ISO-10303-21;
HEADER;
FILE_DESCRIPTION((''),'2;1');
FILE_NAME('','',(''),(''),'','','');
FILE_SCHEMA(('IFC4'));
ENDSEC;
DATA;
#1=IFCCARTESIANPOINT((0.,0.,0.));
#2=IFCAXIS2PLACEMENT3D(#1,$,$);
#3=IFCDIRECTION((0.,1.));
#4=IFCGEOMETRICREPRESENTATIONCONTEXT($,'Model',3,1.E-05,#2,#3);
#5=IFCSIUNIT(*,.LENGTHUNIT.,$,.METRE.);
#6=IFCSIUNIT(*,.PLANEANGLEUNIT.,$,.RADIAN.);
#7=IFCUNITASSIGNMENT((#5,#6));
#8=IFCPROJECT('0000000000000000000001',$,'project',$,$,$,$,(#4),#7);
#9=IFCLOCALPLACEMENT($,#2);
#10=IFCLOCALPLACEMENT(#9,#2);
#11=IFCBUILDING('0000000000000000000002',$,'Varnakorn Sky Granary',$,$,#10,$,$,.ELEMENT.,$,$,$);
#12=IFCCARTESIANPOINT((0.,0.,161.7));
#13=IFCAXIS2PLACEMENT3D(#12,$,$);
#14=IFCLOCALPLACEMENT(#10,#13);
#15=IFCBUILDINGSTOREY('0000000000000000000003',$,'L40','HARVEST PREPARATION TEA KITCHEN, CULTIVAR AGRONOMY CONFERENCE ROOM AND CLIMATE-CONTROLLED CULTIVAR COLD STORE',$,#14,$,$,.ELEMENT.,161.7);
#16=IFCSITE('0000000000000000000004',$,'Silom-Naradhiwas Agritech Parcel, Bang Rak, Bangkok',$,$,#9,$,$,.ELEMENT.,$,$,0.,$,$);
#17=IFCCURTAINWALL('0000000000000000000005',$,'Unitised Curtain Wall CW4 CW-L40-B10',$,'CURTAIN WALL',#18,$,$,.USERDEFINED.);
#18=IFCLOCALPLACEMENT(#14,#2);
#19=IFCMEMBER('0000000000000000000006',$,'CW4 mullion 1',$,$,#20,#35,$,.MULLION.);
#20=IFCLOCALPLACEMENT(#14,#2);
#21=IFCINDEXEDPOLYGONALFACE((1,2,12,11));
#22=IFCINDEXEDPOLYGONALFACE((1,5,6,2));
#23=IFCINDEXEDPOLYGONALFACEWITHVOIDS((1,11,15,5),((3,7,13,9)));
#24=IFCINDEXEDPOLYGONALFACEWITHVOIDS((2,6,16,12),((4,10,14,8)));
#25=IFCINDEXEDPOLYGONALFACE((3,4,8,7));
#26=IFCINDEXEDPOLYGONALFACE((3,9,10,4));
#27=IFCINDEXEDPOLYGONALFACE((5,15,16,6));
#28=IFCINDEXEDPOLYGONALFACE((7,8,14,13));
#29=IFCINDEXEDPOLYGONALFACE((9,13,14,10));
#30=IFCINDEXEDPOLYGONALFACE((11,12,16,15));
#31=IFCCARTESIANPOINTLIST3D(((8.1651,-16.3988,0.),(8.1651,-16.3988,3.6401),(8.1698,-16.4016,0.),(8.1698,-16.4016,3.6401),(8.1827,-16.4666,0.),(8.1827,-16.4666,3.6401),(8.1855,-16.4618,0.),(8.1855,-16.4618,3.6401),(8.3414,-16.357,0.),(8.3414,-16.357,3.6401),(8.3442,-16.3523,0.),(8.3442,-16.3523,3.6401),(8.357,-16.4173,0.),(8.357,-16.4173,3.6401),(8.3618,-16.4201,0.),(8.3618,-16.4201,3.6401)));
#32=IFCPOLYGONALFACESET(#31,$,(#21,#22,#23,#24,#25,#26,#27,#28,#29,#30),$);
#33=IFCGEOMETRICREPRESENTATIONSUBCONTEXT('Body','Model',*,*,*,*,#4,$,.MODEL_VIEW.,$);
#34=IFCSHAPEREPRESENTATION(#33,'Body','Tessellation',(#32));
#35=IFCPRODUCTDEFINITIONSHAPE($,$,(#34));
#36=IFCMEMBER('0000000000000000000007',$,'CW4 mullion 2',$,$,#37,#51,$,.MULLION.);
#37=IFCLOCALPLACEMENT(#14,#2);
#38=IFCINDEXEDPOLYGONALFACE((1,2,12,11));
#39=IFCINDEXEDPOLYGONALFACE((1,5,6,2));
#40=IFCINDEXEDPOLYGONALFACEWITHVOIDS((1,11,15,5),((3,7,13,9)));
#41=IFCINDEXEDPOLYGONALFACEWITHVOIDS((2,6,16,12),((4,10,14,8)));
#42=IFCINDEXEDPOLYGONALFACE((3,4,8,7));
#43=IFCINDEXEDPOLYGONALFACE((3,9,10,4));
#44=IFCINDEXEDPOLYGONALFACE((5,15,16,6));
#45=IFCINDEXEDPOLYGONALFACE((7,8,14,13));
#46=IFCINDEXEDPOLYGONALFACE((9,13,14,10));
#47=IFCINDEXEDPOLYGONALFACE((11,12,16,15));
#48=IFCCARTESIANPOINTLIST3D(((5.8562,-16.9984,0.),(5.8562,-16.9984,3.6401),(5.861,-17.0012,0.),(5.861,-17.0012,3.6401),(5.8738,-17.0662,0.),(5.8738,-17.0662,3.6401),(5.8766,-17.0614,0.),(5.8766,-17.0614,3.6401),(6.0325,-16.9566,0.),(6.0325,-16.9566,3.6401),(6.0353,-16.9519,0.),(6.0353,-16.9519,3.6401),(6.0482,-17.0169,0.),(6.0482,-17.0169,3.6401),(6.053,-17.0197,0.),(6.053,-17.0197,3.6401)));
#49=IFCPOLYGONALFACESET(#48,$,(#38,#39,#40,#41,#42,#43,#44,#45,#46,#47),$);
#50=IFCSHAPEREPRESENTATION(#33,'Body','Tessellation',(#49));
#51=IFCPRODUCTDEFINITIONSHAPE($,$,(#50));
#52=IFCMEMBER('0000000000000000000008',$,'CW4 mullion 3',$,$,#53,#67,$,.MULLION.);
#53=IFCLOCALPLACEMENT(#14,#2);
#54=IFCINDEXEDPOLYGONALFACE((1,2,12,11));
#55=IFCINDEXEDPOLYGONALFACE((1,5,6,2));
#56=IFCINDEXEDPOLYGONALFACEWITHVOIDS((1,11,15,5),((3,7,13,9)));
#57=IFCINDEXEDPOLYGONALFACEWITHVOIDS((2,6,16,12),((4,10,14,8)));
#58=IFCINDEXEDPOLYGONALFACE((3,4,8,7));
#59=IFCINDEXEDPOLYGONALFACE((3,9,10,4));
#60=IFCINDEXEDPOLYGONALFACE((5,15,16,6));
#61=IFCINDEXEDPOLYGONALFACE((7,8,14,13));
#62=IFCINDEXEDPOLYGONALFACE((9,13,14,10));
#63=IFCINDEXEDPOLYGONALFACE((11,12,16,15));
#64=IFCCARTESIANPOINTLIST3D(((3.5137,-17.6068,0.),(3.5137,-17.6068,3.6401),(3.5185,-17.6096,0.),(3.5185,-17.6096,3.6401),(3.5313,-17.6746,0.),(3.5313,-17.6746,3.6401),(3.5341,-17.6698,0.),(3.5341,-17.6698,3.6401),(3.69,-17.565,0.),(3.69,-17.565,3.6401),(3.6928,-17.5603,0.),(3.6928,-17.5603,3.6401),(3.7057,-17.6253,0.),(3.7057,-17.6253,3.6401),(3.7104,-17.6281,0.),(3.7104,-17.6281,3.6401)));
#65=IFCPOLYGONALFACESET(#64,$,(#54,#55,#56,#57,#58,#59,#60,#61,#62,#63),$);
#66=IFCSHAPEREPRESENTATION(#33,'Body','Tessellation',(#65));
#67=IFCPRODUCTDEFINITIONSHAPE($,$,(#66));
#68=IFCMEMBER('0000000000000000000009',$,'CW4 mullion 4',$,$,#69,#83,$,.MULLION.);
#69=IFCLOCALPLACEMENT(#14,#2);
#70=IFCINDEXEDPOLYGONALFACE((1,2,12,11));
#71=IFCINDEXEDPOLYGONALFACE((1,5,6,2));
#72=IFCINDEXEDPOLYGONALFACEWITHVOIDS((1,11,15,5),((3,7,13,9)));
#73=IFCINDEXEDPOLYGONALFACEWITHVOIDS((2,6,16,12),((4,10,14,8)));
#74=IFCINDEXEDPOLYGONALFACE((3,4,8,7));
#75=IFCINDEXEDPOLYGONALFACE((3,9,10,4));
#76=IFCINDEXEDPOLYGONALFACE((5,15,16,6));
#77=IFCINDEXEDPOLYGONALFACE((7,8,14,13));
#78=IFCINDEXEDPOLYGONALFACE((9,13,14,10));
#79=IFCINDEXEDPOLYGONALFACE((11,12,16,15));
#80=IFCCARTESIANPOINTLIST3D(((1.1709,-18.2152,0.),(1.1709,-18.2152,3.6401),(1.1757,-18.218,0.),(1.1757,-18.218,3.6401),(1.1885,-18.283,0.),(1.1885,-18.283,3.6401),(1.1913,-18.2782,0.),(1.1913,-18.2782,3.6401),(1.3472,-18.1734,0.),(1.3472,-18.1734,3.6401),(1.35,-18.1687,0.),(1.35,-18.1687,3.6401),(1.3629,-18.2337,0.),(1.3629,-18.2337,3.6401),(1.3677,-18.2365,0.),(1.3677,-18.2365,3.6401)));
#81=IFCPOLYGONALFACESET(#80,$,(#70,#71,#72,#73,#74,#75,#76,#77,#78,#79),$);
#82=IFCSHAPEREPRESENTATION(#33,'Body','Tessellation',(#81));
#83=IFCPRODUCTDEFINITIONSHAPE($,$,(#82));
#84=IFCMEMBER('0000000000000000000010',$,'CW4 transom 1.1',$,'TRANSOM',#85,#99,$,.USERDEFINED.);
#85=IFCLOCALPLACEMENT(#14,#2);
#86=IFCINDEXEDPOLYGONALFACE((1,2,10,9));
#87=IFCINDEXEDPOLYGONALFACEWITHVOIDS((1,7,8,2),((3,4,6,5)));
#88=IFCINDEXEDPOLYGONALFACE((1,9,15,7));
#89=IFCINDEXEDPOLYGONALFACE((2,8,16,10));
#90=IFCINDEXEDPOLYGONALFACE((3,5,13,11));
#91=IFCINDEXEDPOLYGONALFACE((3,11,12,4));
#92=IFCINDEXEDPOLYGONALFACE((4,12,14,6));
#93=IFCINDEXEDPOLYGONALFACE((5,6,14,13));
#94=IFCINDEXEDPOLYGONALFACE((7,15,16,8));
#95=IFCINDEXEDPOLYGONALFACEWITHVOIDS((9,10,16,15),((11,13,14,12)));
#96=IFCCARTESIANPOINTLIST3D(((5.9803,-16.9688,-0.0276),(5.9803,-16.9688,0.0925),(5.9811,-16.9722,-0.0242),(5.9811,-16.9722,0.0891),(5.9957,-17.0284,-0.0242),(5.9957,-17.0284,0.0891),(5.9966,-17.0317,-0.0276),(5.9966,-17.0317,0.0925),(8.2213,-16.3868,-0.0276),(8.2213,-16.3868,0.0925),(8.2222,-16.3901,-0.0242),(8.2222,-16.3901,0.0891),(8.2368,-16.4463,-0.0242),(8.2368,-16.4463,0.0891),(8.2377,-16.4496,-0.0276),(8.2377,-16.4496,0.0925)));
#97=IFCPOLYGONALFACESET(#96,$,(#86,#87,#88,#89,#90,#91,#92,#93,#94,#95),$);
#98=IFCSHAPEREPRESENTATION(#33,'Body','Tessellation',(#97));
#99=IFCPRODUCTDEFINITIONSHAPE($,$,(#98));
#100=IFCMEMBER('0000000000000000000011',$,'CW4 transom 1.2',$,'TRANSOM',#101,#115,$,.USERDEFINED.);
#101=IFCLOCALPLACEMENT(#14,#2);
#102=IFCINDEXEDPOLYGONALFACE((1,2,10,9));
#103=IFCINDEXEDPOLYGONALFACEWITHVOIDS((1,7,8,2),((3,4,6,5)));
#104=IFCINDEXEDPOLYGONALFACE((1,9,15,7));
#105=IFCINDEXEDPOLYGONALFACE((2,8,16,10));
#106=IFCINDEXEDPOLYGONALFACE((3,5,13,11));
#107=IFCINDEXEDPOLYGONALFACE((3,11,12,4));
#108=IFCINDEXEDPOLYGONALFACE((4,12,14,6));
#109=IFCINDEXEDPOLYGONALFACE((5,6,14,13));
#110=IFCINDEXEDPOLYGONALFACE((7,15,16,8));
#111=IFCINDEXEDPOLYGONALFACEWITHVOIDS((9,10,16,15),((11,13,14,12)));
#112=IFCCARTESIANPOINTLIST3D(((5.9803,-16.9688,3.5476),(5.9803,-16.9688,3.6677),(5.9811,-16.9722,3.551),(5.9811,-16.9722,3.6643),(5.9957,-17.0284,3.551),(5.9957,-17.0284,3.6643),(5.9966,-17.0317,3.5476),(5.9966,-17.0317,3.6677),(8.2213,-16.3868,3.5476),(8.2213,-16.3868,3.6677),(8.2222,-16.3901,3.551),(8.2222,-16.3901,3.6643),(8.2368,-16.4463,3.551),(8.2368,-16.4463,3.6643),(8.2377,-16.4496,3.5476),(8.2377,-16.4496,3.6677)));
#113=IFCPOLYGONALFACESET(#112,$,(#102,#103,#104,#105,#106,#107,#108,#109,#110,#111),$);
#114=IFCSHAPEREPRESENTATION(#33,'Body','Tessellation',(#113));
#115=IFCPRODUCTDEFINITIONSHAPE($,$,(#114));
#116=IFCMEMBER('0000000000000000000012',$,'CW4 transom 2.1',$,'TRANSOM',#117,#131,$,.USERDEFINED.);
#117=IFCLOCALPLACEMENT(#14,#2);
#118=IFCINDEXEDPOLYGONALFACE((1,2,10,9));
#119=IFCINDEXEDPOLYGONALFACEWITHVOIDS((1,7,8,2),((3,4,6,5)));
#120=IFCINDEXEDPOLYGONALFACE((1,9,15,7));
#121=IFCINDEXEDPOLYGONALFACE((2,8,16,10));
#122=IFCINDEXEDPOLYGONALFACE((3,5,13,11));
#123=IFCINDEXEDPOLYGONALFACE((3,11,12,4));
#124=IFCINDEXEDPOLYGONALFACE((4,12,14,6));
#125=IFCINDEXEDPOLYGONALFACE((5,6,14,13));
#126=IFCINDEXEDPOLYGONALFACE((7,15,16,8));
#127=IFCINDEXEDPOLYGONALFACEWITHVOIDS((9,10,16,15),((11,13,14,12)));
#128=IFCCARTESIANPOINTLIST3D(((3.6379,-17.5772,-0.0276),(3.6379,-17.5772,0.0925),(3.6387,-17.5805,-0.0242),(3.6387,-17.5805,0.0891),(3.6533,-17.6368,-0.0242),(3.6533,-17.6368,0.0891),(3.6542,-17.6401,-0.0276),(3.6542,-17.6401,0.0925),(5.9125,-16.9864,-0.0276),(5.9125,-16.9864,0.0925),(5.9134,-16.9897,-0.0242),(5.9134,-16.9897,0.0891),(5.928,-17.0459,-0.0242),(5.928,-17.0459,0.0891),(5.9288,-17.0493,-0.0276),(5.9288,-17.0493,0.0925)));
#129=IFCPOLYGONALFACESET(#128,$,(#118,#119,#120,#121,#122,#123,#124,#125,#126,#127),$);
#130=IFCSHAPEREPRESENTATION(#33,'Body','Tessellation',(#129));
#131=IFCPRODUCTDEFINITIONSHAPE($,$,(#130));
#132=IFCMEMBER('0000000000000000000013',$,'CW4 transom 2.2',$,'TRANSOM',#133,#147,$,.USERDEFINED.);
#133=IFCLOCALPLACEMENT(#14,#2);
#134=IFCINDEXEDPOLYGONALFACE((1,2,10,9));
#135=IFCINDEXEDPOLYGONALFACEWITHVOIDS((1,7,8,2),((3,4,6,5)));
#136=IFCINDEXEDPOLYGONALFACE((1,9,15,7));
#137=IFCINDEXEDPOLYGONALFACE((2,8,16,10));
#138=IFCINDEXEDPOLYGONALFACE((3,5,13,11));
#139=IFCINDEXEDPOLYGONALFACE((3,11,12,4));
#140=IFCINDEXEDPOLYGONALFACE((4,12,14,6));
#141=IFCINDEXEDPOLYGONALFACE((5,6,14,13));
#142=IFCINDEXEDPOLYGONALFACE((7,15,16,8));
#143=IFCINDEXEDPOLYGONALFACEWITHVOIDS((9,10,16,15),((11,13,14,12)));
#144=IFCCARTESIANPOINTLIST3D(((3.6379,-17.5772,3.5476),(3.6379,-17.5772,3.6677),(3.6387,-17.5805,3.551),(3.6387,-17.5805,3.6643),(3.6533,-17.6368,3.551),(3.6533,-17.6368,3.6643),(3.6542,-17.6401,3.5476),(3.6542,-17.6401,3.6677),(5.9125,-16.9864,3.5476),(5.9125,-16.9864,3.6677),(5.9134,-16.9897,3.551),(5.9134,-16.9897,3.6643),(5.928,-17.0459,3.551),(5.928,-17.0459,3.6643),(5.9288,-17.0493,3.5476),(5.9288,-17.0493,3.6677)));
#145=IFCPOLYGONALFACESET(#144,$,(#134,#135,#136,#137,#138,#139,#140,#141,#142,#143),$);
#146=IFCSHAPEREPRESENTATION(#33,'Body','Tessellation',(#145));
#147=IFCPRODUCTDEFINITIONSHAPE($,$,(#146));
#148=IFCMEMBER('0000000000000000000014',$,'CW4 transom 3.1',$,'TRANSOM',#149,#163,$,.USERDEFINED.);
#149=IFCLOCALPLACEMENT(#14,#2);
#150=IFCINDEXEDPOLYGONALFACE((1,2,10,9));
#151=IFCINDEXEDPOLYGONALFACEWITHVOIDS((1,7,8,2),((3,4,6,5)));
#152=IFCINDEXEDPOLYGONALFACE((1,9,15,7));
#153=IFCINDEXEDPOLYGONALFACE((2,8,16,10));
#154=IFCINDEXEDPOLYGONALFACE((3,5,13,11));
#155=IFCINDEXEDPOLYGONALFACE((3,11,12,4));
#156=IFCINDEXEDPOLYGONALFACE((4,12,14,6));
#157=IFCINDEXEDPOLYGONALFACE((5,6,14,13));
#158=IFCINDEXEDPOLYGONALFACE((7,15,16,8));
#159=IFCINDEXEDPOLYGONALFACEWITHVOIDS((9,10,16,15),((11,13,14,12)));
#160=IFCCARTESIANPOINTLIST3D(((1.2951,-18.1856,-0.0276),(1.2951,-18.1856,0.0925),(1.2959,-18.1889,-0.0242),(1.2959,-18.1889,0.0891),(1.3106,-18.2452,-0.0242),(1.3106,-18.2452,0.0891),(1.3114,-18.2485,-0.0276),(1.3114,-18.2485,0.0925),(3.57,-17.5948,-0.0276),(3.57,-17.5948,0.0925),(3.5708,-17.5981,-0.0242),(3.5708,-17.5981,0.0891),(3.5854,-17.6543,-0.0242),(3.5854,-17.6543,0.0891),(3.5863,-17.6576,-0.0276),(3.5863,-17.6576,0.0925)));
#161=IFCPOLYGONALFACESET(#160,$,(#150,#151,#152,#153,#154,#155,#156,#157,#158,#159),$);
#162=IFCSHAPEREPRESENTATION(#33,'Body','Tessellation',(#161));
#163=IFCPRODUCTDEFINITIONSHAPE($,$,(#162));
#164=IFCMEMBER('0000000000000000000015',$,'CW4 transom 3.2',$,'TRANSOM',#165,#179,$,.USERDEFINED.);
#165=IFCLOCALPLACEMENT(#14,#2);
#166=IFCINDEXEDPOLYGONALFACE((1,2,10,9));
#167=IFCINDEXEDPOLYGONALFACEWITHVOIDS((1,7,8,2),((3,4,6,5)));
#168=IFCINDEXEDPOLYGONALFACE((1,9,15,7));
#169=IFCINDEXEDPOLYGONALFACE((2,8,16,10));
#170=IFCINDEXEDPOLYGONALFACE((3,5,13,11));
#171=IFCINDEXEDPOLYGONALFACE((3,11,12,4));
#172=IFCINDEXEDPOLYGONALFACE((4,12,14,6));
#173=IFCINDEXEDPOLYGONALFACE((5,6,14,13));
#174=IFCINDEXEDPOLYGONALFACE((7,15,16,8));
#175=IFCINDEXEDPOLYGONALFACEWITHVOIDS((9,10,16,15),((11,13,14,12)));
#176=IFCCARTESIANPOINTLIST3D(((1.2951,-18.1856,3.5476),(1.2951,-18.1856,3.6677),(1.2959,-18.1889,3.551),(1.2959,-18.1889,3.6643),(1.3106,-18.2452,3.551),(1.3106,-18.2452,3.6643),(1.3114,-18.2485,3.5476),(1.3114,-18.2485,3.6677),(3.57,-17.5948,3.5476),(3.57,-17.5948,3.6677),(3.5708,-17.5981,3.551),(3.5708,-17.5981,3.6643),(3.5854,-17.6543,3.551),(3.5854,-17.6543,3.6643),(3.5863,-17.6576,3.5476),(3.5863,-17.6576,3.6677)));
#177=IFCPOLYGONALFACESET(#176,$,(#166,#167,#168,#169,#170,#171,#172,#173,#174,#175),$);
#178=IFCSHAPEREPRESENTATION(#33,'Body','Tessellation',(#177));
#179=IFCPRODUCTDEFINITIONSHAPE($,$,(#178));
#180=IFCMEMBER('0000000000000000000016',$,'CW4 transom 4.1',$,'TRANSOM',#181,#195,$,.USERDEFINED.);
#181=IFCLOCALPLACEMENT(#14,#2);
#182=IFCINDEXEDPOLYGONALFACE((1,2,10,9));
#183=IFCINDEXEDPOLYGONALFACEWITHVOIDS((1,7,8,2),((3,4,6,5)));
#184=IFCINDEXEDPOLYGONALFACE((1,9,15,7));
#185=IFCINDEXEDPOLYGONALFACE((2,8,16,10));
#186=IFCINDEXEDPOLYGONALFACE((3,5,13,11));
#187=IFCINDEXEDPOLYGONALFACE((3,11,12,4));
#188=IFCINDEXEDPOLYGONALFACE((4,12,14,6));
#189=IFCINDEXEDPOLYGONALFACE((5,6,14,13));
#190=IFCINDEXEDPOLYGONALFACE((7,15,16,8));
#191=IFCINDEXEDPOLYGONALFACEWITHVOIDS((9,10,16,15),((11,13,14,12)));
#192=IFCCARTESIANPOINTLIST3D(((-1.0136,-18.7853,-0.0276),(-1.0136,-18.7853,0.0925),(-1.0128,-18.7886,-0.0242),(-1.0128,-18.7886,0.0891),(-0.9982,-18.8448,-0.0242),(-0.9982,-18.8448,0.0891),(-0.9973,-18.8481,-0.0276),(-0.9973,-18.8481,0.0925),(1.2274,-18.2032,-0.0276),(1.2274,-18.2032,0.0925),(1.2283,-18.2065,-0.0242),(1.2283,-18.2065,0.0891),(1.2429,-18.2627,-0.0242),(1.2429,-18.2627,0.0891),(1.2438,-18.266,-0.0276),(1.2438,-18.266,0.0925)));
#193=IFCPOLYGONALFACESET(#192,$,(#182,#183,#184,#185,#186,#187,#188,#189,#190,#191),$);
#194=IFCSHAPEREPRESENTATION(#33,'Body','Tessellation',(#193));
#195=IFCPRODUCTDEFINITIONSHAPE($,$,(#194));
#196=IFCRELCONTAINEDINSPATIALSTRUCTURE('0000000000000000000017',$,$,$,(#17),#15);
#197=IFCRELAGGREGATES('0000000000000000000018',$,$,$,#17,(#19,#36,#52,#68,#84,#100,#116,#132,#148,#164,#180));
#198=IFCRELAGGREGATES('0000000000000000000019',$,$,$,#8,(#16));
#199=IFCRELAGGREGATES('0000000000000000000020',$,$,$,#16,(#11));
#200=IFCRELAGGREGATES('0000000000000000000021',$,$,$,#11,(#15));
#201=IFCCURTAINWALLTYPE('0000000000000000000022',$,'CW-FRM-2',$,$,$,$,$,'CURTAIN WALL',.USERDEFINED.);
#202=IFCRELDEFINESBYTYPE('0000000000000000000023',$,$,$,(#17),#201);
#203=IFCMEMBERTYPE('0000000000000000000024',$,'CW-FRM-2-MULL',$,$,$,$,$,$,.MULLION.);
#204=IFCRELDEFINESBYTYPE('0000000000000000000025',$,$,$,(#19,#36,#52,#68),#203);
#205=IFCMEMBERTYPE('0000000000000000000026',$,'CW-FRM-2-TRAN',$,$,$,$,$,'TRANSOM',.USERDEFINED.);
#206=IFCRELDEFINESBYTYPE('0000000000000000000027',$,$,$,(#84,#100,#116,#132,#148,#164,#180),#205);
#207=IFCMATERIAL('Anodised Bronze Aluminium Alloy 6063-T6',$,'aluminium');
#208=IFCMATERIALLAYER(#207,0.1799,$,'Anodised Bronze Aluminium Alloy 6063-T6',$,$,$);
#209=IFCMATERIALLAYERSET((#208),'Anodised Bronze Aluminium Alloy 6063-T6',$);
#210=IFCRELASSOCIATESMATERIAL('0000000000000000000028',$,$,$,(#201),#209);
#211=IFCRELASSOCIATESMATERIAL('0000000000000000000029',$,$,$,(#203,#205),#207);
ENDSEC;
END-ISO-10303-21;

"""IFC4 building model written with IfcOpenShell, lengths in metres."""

from ifc_helpers import new_model, si_unit, direction, frame, origin, origin_2d, place, context, subcontext, project, spatial, hollow_rectangle, extrude, material, layer, layer_set, material_profile, profile_set, type_object, element, aggregate, save


model = new_model("IFC4")

# Units and contexts
model_context = context("Model", 3, precision=1e-05, world=origin(), true_north=direction((0.0, 1.0)))
body_context = subcontext(model_context, "Body", "Model", "MODEL_VIEW")
ifc_project = project(units=[si_unit("LENGTHUNIT", "METRE"), si_unit("PLANEANGLEUNIT", "RADIAN")], contexts=[model_context])

# Site, building, storey
site_placement = place(None, origin())
site = spatial("IfcSite", under=ifc_project, at=site_placement, Name="Silom-Naradhiwas Agritech Parcel, Bang Rak, Bangkok", CompositionType="ELEMENT", RefElevation=0.0)
building_placement = place(site_placement, origin())
building = spatial("IfcBuilding", under=site, at=building_placement, Name="Varnakorn Sky Granary", CompositionType="ELEMENT")
storey_placement = place(building_placement, frame((0.0, 0.0, 161.7)))
storey = spatial("IfcBuildingStorey", under=building, at=storey_placement, Name="L40", Description="HARVEST PREPARATION TEA KITCHEN, CULTIVAR AGRONOMY CONFERENCE ROOM AND CLIMATE-CONTROLLED CULTIVAR COLD STORE", CompositionType="ELEMENT", Elevation=161.7)

# Curtain wall, members
ifc_material_1 = material(Name="Anodised Bronze Aluminium Alloy 6063-T6", Category="aluminium")
ifc_layer_1 = layer(ifc_material_1, 0.1799, Name="Anodised Bronze Aluminium Alloy 6063-T6")
ifc_layer_set_1 = layer_set([ifc_layer_1], Name="Anodised Bronze Aluminium Alloy 6063-T6")
curtain_wall_type = type_object("IfcCurtainWallType", Name="CW-FRM-2", ElementType="CURTAIN WALL", PredefinedType="USERDEFINED", material=ifc_layer_set_1)
curtain_wall_placement = place(storey_placement, origin())
curtain_wall = element("IfcCurtainWall", 1, at=curtain_wall_placement, inside=storey, type_object=curtain_wall_type, Name="Unitised Curtain Wall CW4 CW-L40-B10", ObjectType="CURTAIN WALL", PredefinedType="USERDEFINED")
ifc_material_profile_1 = material_profile(ifc_material_1, hollow_rectangle(XDim=0.0701, YDim=0.1851, WallThickness=0.0039, at=origin_2d()), Name="ALU MULL 70x185")
ifc_profile_set_1 = profile_set([ifc_material_profile_1], Name="Anodised Bronze Aluminium Alloy 6063-T6")
member_type_1 = type_object("IfcMemberType", Name="CW-FRM-2-MULL", PredefinedType="MULLION", material=ifc_profile_set_1)
member_1_placement = place(storey_placement, frame((8.2634, -16.4094, 0.0), z_axis=(0.0, 0.0, 1.0), x_axis=(0.251363, -0.967893, 0.0)))
member_1 = element("IfcMember", 2, at=member_1_placement, type_object=member_type_1, Name="CW4 mullion 1", PredefinedType="MULLION", context=body_context, shape_type="SweptSolid", body=[
    extrude(hollow_rectangle(XDim=0.0701, YDim=0.1851, WallThickness=0.0039, at=origin_2d()), origin(), (0.0, 0.0, 1.0), 3.6401),
])
member_2_placement = place(storey_placement, frame((5.9546, -17.009, 0.0), z_axis=(0.0, 0.0, 1.0), x_axis=(0.251363, -0.967893, 0.0)))
member_2 = element("IfcMember", 3, at=member_2_placement, type_object=member_type_1, Name="CW4 mullion 2", PredefinedType="MULLION", context=body_context, shape_type="SweptSolid", body=[
    extrude(hollow_rectangle(XDim=0.0701, YDim=0.1851, WallThickness=0.0039, at=origin_2d()), origin(), (0.0, 0.0, 1.0), 3.6401),
])
member_3_placement = place(storey_placement, frame((3.6121, -17.6174, 0.0), z_axis=(0.0, 0.0, 1.0), x_axis=(0.251363, -0.967893, 0.0)))
member_3 = element("IfcMember", 4, at=member_3_placement, type_object=member_type_1, Name="CW4 mullion 3", PredefinedType="MULLION", context=body_context, shape_type="SweptSolid", body=[
    extrude(hollow_rectangle(XDim=0.0701, YDim=0.1851, WallThickness=0.0039, at=origin_2d()), origin(), (0.0, 0.0, 1.0), 3.6401),
])
member_4_placement = place(storey_placement, frame((1.2693, -18.2258, 0.0), z_axis=(0.0, 0.0, 1.0), x_axis=(0.251363, -0.967893, 0.0)))
member_4 = element("IfcMember", 5, at=member_4_placement, type_object=member_type_1, Name="CW4 mullion 4", PredefinedType="MULLION", context=body_context, shape_type="SweptSolid", body=[
    extrude(hollow_rectangle(XDim=0.0701, YDim=0.1851, WallThickness=0.0039, at=origin_2d()), origin(), (0.0, 0.0, 1.0), 3.6401),
])
ifc_material_profile_2 = material_profile(ifc_material_1, hollow_rectangle(XDim=0.0649, YDim=0.1201, WallThickness=0.0034, at=origin_2d()), Name="ALU TRAN 65x120")
ifc_profile_set_2 = profile_set([ifc_material_profile_2], Name="Anodised Bronze Aluminium Alloy 6063-T6")
member_type_2 = type_object("IfcMemberType", Name="CW-FRM-2-TRAN", ElementType="TRANSOM", PredefinedType="USERDEFINED", material=ifc_profile_set_2)
member_5_placement = place(storey_placement, frame((8.2295, -16.4182, 0.0325), z_axis=(-0.967888, -0.251383, 0.0), x_axis=(0.251383, -0.967888, 0.0)))
member_5 = element("IfcMember", 6, at=member_5_placement, type_object=member_type_2, Name="CW4 transom 1.1", ObjectType="TRANSOM", PredefinedType="USERDEFINED", context=body_context, shape_type="SweptSolid", body=[
    extrude(hollow_rectangle(XDim=0.0649, YDim=0.1201, WallThickness=0.0034, at=origin_2d()), origin(), (0.0, 0.0, 1.0), 2.3154),
])
member_6_placement = place(storey_placement, frame((8.2295, -16.4182, 3.6077), z_axis=(-0.967888, -0.251383, 0.0), x_axis=(0.251383, -0.967888, 0.0)))
member_6 = element("IfcMember", 7, at=member_6_placement, type_object=member_type_2, Name="CW4 transom 1.2", ObjectType="TRANSOM", PredefinedType="USERDEFINED", context=body_context, shape_type="SweptSolid", body=[
    extrude(hollow_rectangle(XDim=0.0649, YDim=0.1201, WallThickness=0.0034, at=origin_2d()), origin(), (0.0, 0.0, 1.0), 2.3154),
])
member_7_placement = place(storey_placement, frame((5.9207, -17.0178, 0.0325), z_axis=(-0.967884, -0.251398, 0.0), x_axis=(0.251398, -0.967884, 0.0)))
member_7 = element("IfcMember", 8, at=member_7_placement, type_object=member_type_2, Name="CW4 transom 2.1", ObjectType="TRANSOM", PredefinedType="USERDEFINED", context=body_context, shape_type="SweptSolid", body=[
    extrude(hollow_rectangle(XDim=0.0649, YDim=0.1201, WallThickness=0.0034, at=origin_2d()), origin(), (0.0, 0.0, 1.0), 2.3501),
])
member_8_placement = place(storey_placement, frame((5.9207, -17.0178, 3.6077), z_axis=(-0.967884, -0.251398, 0.0), x_axis=(0.251398, -0.967884, 0.0)))
member_8 = element("IfcMember", 9, at=member_8_placement, type_object=member_type_2, Name="CW4 transom 2.2", ObjectType="TRANSOM", PredefinedType="USERDEFINED", context=body_context, shape_type="SweptSolid", body=[
    extrude(hollow_rectangle(XDim=0.0649, YDim=0.1201, WallThickness=0.0034, at=origin_2d()), origin(), (0.0, 0.0, 1.0), 2.3501),
])
member_9_placement = place(storey_placement, frame((3.5781, -17.6262, 0.0325), z_axis=(-0.96789, -0.251373, 0.0), x_axis=(0.251373, -0.96789, 0.0)))
member_9 = element("IfcMember", 10, at=member_9_placement, type_object=member_type_2, Name="CW4 transom 3.1", ObjectType="TRANSOM", PredefinedType="USERDEFINED", context=body_context, shape_type="SweptSolid", body=[
    extrude(hollow_rectangle(XDim=0.0649, YDim=0.1201, WallThickness=0.0034, at=origin_2d()), origin(), (0.0, 0.0, 1.0), 2.3503),
])
member_10_placement = place(storey_placement, frame((3.5781, -17.6262, 3.6077), z_axis=(-0.96789, -0.251373, 0.0), x_axis=(0.251373, -0.96789, 0.0)))
member_10 = element("IfcMember", 11, at=member_10_placement, type_object=member_type_2, Name="CW4 transom 3.2", ObjectType="TRANSOM", PredefinedType="USERDEFINED", context=body_context, shape_type="SweptSolid", body=[
    extrude(hollow_rectangle(XDim=0.0649, YDim=0.1201, WallThickness=0.0034, at=origin_2d()), origin(), (0.0, 0.0, 1.0), 2.3503),
])
member_11_placement = place(storey_placement, frame((1.2356, -18.2346, 0.0325), z_axis=(-0.967888, -0.251383, 0.0), x_axis=(0.251383, -0.967888, 0.0)))
member_11 = element("IfcMember", 12, at=member_11_placement, type_object=member_type_2, Name="CW4 transom 4.1", ObjectType="TRANSOM", PredefinedType="USERDEFINED", context=body_context, shape_type="SweptSolid", body=[
    extrude(hollow_rectangle(XDim=0.0649, YDim=0.1201, WallThickness=0.0034, at=origin_2d()), origin(), (0.0, 0.0, 1.0), 2.3154),
])

aggregate(curtain_wall, [member_1, member_2, member_3, member_4, member_5, member_6, member_7, member_8, member_9, member_10, member_11])

save(model, "model.ifc")
